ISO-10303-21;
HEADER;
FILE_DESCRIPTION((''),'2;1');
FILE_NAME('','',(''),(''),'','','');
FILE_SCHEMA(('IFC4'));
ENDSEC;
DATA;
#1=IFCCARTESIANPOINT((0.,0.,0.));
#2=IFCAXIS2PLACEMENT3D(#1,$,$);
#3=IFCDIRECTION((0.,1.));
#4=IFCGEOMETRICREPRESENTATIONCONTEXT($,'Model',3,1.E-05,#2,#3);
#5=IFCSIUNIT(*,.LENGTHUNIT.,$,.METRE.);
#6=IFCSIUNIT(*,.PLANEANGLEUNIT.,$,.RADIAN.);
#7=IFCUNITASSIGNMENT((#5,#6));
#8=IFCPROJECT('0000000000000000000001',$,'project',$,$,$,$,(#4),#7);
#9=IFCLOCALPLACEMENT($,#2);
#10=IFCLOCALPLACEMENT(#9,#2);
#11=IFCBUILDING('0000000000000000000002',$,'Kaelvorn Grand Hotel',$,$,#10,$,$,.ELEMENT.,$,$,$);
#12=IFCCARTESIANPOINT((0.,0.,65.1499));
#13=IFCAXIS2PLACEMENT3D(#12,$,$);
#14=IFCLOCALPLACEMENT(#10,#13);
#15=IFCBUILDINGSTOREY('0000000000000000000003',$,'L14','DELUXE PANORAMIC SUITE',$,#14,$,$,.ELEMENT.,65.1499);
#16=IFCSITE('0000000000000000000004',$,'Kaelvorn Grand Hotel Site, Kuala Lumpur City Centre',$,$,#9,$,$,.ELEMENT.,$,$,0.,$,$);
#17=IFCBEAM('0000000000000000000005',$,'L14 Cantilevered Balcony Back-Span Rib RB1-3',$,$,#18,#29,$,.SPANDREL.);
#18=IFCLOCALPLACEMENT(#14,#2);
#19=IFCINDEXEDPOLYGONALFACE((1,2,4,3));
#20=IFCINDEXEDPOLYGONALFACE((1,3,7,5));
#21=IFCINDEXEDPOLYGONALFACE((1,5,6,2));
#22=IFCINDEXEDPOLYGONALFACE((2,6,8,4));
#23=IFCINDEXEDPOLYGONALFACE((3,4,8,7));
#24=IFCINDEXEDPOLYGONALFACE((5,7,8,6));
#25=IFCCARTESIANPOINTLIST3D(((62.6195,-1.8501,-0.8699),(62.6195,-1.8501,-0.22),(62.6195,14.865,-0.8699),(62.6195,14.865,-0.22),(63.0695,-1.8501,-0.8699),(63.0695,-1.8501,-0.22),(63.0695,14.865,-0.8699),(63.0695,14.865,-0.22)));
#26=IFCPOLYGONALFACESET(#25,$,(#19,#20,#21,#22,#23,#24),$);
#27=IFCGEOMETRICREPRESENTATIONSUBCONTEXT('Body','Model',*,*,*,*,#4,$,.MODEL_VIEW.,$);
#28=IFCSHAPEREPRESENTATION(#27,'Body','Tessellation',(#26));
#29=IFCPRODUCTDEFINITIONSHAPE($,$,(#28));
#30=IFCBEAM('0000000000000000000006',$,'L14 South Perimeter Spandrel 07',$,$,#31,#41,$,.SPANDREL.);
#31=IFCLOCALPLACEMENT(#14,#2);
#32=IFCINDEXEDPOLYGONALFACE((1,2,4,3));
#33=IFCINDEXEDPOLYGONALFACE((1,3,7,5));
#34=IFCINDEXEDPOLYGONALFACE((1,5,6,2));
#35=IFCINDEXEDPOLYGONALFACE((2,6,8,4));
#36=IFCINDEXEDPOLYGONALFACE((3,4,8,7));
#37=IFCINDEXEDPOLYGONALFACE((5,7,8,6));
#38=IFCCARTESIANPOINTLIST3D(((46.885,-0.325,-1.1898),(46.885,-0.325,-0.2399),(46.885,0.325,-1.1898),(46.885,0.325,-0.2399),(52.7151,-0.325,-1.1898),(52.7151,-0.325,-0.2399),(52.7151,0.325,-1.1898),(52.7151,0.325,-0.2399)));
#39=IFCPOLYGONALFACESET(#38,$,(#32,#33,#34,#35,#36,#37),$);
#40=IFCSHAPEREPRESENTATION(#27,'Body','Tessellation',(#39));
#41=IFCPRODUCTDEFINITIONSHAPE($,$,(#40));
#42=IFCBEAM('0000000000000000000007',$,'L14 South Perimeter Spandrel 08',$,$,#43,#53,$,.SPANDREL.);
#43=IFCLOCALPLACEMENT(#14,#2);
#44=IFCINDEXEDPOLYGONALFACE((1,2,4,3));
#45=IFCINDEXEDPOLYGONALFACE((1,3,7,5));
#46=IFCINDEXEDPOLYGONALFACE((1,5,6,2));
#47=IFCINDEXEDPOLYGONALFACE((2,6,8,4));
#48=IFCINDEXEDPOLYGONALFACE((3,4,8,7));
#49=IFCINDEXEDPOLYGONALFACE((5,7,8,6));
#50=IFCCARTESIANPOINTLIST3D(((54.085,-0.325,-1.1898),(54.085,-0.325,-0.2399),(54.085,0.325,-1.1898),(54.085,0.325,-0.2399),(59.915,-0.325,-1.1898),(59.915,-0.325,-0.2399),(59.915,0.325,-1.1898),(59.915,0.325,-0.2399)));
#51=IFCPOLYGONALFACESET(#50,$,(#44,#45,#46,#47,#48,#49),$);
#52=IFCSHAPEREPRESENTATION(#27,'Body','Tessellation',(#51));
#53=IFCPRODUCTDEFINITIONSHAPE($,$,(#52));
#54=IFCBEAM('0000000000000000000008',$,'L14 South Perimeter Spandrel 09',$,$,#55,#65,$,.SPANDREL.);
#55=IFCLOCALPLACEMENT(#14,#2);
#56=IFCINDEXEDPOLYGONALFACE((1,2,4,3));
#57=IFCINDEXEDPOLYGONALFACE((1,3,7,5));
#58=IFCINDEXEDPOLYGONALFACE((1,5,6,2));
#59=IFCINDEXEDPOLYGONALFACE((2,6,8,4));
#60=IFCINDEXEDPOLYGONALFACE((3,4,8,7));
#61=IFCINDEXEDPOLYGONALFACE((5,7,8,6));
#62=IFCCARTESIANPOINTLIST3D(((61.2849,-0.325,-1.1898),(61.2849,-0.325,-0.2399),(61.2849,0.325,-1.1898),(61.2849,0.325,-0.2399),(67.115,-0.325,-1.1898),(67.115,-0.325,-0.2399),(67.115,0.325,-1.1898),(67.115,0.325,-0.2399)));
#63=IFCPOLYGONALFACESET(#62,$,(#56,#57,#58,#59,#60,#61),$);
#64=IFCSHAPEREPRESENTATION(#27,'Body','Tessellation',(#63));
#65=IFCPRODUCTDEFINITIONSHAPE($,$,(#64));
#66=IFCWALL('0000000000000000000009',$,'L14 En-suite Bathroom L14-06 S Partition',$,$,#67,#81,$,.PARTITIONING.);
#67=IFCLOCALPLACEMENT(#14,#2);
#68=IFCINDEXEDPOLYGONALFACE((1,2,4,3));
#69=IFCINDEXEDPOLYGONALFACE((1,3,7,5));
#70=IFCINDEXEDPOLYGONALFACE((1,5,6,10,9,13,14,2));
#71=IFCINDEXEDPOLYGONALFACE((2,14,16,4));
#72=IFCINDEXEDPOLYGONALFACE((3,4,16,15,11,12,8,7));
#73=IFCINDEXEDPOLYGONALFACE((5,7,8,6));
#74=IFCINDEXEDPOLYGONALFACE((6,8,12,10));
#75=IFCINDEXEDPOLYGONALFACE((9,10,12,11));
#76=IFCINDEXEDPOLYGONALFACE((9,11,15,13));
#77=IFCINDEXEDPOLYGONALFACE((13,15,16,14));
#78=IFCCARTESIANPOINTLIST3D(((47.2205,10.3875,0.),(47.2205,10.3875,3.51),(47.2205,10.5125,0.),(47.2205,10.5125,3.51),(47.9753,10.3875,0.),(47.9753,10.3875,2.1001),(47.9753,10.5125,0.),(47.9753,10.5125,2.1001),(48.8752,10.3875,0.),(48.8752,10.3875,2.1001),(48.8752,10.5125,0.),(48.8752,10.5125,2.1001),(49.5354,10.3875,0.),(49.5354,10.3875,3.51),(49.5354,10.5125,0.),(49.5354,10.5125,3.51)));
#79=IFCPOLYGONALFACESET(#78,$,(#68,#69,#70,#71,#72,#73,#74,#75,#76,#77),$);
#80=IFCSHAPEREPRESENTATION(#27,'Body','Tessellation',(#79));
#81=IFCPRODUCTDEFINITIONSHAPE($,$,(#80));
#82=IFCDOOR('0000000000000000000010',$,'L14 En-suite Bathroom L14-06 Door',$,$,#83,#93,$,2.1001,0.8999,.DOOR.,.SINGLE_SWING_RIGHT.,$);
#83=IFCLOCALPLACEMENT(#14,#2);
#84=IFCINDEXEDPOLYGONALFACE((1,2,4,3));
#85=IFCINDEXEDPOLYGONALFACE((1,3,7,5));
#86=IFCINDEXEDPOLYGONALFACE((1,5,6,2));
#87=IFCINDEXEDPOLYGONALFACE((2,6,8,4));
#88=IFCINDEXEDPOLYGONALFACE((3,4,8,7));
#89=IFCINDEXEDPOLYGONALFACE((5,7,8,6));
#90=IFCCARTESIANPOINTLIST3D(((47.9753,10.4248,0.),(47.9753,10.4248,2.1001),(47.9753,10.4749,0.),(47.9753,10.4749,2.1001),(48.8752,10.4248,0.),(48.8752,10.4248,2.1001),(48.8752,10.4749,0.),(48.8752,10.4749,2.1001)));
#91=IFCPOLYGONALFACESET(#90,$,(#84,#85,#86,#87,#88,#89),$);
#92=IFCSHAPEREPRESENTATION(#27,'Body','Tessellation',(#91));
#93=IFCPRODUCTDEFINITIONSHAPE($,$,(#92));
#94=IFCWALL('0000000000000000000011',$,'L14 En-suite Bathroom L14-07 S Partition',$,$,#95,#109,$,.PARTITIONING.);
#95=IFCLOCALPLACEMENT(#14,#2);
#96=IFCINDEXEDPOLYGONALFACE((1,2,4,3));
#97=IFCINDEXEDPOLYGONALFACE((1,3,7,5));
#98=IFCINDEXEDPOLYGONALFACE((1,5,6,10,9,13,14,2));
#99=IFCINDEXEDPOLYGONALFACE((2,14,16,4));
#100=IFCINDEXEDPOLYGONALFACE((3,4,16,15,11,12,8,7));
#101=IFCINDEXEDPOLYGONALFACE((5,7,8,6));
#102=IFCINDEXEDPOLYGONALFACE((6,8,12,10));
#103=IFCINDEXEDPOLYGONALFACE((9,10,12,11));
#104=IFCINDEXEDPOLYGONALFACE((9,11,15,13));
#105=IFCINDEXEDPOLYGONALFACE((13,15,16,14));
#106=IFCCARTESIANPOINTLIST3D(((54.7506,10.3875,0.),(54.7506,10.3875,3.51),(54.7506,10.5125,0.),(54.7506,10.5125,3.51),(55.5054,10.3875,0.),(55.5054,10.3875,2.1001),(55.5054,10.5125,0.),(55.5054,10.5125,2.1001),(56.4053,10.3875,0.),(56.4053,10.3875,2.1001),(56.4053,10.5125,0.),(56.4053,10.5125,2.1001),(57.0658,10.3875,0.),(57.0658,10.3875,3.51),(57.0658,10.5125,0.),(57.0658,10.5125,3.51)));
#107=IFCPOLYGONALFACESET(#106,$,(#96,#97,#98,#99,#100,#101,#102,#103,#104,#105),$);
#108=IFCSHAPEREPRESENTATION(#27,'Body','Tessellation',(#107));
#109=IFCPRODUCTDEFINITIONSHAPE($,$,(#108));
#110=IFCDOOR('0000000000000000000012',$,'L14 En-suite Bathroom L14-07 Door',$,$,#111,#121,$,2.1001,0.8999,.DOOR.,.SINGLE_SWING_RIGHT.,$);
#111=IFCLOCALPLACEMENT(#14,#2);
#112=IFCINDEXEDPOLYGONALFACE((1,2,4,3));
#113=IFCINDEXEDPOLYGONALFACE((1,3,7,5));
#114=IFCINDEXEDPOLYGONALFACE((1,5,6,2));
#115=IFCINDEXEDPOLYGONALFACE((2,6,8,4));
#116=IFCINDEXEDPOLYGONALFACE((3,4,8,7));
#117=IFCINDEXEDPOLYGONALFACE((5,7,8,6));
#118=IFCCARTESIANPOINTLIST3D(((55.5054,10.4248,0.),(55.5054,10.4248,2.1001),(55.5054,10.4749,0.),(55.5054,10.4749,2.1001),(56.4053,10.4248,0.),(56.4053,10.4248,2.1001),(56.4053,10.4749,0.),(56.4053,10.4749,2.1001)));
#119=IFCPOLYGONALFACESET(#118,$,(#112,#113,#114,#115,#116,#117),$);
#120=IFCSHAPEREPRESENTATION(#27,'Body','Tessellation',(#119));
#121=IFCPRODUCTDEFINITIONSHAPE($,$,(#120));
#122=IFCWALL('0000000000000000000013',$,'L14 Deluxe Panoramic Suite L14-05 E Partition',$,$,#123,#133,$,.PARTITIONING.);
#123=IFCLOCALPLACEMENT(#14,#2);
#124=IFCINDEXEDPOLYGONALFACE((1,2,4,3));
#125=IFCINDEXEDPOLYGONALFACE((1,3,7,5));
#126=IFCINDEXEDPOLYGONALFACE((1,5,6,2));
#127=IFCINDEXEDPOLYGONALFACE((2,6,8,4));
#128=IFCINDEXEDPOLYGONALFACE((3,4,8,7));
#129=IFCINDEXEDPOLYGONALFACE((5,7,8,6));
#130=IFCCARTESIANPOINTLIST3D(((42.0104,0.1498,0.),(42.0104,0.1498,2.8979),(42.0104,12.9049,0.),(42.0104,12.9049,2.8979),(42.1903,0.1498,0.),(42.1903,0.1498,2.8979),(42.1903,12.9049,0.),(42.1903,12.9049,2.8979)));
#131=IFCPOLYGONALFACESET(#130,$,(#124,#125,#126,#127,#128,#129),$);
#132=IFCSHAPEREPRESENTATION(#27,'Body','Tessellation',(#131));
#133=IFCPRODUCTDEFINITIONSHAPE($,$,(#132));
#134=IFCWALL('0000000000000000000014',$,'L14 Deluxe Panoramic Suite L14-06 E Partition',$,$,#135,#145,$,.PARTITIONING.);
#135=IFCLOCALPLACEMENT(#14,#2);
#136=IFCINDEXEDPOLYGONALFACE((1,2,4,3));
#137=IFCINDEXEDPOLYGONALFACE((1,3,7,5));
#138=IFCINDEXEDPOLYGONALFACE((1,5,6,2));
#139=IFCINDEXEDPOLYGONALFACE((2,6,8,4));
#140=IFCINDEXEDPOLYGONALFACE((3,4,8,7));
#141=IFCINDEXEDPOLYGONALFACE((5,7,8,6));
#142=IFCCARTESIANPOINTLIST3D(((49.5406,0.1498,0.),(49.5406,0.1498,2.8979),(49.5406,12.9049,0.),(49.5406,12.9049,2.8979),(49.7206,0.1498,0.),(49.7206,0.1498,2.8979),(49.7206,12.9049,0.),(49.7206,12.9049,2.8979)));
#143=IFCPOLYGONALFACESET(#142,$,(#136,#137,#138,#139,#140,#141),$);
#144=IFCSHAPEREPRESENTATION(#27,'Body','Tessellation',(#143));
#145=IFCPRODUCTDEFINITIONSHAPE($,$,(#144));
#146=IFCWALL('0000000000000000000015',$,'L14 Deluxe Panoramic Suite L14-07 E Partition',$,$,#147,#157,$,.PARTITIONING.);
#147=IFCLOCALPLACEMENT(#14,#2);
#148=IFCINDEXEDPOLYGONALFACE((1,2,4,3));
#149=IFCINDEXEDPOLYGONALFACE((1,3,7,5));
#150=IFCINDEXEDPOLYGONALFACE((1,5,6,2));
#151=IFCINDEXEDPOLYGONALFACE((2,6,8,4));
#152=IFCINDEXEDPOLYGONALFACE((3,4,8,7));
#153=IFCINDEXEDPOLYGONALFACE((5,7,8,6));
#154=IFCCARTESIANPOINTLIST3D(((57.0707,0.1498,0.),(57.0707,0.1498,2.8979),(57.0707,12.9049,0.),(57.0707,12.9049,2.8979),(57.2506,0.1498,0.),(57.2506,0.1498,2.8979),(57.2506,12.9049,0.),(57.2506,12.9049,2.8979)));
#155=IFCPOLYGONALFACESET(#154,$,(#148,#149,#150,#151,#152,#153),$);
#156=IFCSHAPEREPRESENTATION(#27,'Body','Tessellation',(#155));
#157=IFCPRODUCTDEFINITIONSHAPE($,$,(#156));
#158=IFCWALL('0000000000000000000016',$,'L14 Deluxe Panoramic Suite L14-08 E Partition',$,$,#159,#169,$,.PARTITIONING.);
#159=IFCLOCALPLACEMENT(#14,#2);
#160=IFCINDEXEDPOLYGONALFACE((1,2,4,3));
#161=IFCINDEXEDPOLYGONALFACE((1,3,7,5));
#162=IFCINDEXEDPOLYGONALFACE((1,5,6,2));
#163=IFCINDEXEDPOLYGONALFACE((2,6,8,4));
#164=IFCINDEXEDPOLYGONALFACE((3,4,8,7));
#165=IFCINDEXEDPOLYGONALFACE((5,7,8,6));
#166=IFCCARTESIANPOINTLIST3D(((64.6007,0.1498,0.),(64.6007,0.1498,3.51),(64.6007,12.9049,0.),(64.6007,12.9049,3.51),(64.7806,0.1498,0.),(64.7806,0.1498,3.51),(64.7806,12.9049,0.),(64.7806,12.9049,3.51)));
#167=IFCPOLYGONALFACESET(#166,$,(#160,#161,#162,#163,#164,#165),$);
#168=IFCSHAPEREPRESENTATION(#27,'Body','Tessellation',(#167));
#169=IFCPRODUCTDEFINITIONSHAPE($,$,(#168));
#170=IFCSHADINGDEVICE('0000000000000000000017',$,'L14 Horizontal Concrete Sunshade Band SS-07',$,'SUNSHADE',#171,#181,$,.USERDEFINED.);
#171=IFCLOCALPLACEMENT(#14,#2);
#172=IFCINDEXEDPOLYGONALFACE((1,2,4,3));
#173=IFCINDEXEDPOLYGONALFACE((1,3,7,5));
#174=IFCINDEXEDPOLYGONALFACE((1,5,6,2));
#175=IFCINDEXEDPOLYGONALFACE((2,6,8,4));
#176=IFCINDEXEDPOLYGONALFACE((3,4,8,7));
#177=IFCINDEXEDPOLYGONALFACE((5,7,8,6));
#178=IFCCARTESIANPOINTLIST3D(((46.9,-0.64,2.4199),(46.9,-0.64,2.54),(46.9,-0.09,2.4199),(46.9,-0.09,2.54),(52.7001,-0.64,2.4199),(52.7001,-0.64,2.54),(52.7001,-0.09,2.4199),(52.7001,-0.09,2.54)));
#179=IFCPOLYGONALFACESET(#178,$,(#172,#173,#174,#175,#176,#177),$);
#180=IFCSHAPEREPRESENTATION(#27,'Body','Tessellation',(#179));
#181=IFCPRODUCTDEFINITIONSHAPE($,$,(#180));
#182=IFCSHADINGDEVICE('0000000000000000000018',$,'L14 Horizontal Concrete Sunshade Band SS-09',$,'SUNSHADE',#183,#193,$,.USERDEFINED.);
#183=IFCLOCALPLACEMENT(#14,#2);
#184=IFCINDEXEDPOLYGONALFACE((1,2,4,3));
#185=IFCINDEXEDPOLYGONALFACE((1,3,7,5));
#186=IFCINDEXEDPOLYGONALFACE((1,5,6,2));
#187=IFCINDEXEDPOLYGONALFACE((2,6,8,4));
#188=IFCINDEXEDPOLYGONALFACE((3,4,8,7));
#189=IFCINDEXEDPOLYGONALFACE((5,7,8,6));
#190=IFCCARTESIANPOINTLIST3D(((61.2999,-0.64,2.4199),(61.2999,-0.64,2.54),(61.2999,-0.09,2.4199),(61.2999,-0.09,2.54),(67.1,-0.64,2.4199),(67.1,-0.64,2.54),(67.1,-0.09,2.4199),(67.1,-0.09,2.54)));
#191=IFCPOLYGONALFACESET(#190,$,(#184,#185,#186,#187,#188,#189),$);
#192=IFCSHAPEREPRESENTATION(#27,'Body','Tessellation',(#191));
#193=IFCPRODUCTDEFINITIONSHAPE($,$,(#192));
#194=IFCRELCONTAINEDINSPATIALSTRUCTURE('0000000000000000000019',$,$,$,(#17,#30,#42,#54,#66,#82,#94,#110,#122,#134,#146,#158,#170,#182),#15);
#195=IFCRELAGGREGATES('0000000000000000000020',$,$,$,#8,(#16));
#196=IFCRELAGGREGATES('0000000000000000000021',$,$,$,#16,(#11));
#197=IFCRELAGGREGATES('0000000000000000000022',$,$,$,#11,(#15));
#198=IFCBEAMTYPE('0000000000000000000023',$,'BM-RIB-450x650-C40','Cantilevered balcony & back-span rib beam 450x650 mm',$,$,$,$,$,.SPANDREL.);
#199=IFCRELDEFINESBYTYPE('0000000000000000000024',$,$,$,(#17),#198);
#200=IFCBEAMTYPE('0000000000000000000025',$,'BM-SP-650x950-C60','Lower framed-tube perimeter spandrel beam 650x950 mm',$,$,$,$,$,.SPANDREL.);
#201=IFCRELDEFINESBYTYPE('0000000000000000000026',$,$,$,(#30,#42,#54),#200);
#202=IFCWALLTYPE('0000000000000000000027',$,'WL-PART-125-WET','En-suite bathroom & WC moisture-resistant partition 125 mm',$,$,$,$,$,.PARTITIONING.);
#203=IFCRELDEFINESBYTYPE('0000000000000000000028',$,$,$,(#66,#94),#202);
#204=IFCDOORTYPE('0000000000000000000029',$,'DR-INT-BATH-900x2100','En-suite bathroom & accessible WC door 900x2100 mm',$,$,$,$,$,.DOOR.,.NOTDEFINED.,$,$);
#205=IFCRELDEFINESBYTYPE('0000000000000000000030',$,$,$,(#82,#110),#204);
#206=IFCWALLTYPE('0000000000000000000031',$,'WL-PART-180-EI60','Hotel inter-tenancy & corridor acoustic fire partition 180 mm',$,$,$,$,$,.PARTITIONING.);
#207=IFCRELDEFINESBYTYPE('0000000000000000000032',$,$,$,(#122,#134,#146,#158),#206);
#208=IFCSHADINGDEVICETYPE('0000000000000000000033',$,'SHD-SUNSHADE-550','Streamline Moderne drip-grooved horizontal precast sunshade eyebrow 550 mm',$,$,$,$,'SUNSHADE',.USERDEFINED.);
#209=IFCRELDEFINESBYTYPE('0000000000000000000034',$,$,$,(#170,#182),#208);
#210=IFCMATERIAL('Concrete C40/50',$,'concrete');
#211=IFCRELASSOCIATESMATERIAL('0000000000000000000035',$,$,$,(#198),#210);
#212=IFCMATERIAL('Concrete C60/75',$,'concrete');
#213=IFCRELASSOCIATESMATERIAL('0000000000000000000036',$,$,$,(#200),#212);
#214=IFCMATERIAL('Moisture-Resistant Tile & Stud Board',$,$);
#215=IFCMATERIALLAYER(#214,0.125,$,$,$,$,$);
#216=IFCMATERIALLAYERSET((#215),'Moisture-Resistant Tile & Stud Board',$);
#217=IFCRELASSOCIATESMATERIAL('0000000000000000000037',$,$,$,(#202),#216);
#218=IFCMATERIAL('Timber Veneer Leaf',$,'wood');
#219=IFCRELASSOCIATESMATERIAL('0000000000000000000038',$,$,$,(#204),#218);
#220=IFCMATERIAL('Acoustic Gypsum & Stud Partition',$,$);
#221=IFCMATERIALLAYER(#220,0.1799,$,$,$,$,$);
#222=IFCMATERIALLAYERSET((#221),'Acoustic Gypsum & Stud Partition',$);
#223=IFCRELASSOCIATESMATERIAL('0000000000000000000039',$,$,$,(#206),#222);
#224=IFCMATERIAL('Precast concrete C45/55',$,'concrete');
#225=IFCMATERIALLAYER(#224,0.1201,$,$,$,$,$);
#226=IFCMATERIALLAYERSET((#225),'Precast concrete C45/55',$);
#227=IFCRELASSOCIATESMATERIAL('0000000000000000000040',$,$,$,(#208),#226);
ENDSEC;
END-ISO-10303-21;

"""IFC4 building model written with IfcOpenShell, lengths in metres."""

from ifc_helpers import new_model, si_unit, direction, frame, frame_2d, origin, origin_2d, place, context, subcontext, project, spatial, rectangle, extrude, material, layer, layer_set, material_profile, profile_set, type_object, element, fill, save


model = new_model("IFC4")

# Units and contexts
model_context = context("Model", 3, precision=1e-05, world=origin(), true_north=direction((0.0, 1.0)))
body_context = subcontext(model_context, "Body", "Model", "MODEL_VIEW")
ifc_project = project(units=[si_unit("LENGTHUNIT", "METRE"), si_unit("PLANEANGLEUNIT", "RADIAN")], contexts=[model_context])

# Site, building, storey
site_placement = place(None, origin())
site = spatial("IfcSite", under=ifc_project, at=site_placement, Name="Kaelvorn Grand Hotel Site, Kuala Lumpur City Centre", CompositionType="ELEMENT", RefElevation=0.0)
building_placement = place(site_placement, origin())
building = spatial("IfcBuilding", under=site, at=building_placement, Name="Kaelvorn Grand Hotel", CompositionType="ELEMENT")
storey_placement = place(building_placement, frame((0.0, 0.0, 65.1499)))
storey = spatial("IfcBuildingStorey", under=building, at=storey_placement, Name="L14", Description="DELUXE PANORAMIC SUITE", CompositionType="ELEMENT", Elevation=65.1499)

# Beams
ifc_material_1 = material(Name="Concrete C40/50", Category="concrete")
ifc_material_profile_1 = material_profile(ifc_material_1, rectangle(XDim=0.45, YDim=0.6499, at=origin_2d()), Name="RC RIB 450x650")
ifc_profile_set_1 = profile_set([ifc_material_profile_1], Name="Concrete C40/50")
beam_type_1 = type_object("IfcBeamType", Name="BM-RIB-450x650-C40", Description="Cantilevered balcony & back-span rib beam 450x650 mm", PredefinedType="SPANDREL", material=ifc_profile_set_1)
beam_1_placement = place(storey_placement, frame((62.8445, -1.8501, -0.5449), z_axis=(0.0, 1.0, 0.0), x_axis=(-1.0, 0.0, 0.0)))
element("IfcBeam", 1, at=beam_1_placement, inside=storey, type_object=beam_type_1, Name="L14 Cantilevered Balcony Back-Span Rib RB1-3", PredefinedType="SPANDREL", context=body_context, shape_type="SweptSolid", body=[
    extrude(rectangle(XDim=0.45, YDim=0.6499, at=origin_2d()), origin(), (0.0, 0.0, 1.0), 16.7151),
])
ifc_material_2 = material(Name="Concrete C60/75", Category="concrete")
ifc_material_profile_2 = material_profile(ifc_material_2, rectangle(XDim=0.6499, YDim=0.95, at=origin_2d()), Name="RC SPANDREL 650x950")
ifc_profile_set_2 = profile_set([ifc_material_profile_2], Name="Concrete C60/75")
beam_type_2 = type_object("IfcBeamType", Name="BM-SP-650x950-C60", Description="Lower framed-tube perimeter spandrel beam 650x950 mm", PredefinedType="SPANDREL", material=ifc_profile_set_2)
for number, where, z_axis, x_axis, name in (
    (2, (46.885, 0.0, -0.7148), (1.0, 0.0, 0.0), (0.0, 1.0, 0.0), "L14 South Perimeter Spandrel 07"),
    (3, (54.085, 0.0, -0.7148), (1.0, 0.0, 0.0), (0.0, 1.0, 0.0), "L14 South Perimeter Spandrel 08"),
    (4, (61.2849, 0.0, -0.7148), (1.0, 0.0, 0.0), (0.0, 1.0, 0.0), "L14 South Perimeter Spandrel 09"),
):
    element("IfcBeam", number, at=place(storey_placement, frame(where, z_axis=z_axis, x_axis=x_axis)), inside=storey, type_object=beam_type_2, Name=name, PredefinedType="SPANDREL", context=body_context, shape_type="SweptSolid", body=[
        extrude(rectangle(XDim=0.6499, YDim=0.95, at=origin_2d()), origin(), (0.0, 0.0, 1.0), 5.8301),
    ])

# Walls, openings, doors
ifc_material_3 = material(Name="Moisture-Resistant Tile & Stud Board")
ifc_layer_1 = layer(ifc_material_3, 0.125)
ifc_layer_set_1 = layer_set([ifc_layer_1], Name="Moisture-Resistant Tile & Stud Board")
wall_type_1 = type_object("IfcWallType", Name="WL-PART-125-WET", Description="En-suite bathroom & WC moisture-resistant partition 125 mm", PredefinedType="PARTITIONING", material=ifc_layer_set_1)
wall_1_placement = place(storey_placement, frame((47.2205, 10.45, 0.0), z_axis=(0.0, 0.0, 1.0), x_axis=(1.0, 0.0, 0.0)))
wall_1 = element("IfcWall", 5, at=wall_1_placement, inside=storey, type_object=wall_type_1, Name="L14 En-suite Bathroom L14-06 S Partition", PredefinedType="PARTITIONING", context=body_context, shape_type="SweptSolid", body=[
    extrude(rectangle(XDim=2.3149, YDim=0.125, at=frame_2d((1.1575, 0.0))), origin(), (0.0, 0.0, 1.0), 3.51),
])
opening_1_placement = place(wall_1_placement, frame((0.7549, 0.0, 0.0)))
opening_1 = element("IfcOpeningElement", 6, at=opening_1_placement, cuts=wall_1, PredefinedType="OPENING", context=body_context, shape_type="SweptSolid", body=[
    extrude(rectangle(XDim=0.8999, YDim=2.1001, at=frame_2d((0.45, 1.05))), frame((0.0, 0.0725, 0.0), z_axis=(0.0, -1.0, 0.0), x_axis=(1.0, 0.0, 0.0)), (0.0, 0.0, 1.0), 0.145),
])
ifc_material_4 = material(Name="Timber Veneer Leaf", Category="wood")
door_type = type_object("IfcDoorType", Name="DR-INT-BATH-900x2100", Description="En-suite bathroom & accessible WC door 900x2100 mm", OperationType="NOTDEFINED", PredefinedType="DOOR", material=ifc_material_4)
door_1_placement = place(opening_1_placement, origin())
door_1 = element("IfcDoor", 7, at=door_1_placement, inside=storey, type_object=door_type, Name="L14 En-suite Bathroom L14-06 Door", OperationType="SINGLE_SWING_RIGHT", OverallHeight=2.1001, OverallWidth=0.8999, PredefinedType="DOOR", context=body_context, shape_type="SweptSolid", body=[
    extrude(rectangle(XDim=0.8999, YDim=2.1001, at=frame_2d((0.45, 1.05))), frame((0.0, 0.0249, 0.0), z_axis=(0.0, -1.0, 0.0), x_axis=(1.0, 0.0, 0.0)), (0.0, 0.0, 1.0), 0.05),
])
fill(opening_1, door_1)
wall_2_placement = place(storey_placement, frame((54.7505, 10.45, 0.0), z_axis=(0.0, 0.0, 1.0), x_axis=(1.0, 0.0, 0.0)))
wall_2 = element("IfcWall", 8, at=wall_2_placement, inside=storey, type_object=wall_type_1, Name="L14 En-suite Bathroom L14-07 S Partition", PredefinedType="PARTITIONING", context=body_context, shape_type="SweptSolid", body=[
    extrude(rectangle(XDim=2.3152, YDim=0.125, at=frame_2d((1.1577, 0.0))), origin(), (0.0, 0.0, 1.0), 3.51),
])
opening_2_placement = place(wall_2_placement, frame((0.7549, 0.0, 0.0)))
opening_2 = element("IfcOpeningElement", 9, at=opening_2_placement, cuts=wall_2, PredefinedType="OPENING", context=body_context, shape_type="SweptSolid", body=[
    extrude(rectangle(XDim=0.8999, YDim=2.1001, at=frame_2d((0.45, 1.05))), frame((0.0, 0.0725, 0.0), z_axis=(0.0, -1.0, 0.0), x_axis=(1.0, 0.0, 0.0)), (0.0, 0.0, 1.0), 0.145),
])
door_2_placement = place(opening_2_placement, origin())
door_2 = element("IfcDoor", 10, at=door_2_placement, inside=storey, type_object=door_type, Name="L14 En-suite Bathroom L14-07 Door", OperationType="SINGLE_SWING_RIGHT", OverallHeight=2.1001, OverallWidth=0.8999, PredefinedType="DOOR", context=body_context, shape_type="SweptSolid", body=[
    extrude(rectangle(XDim=0.8999, YDim=2.1001, at=frame_2d((0.45, 1.05))), frame((0.0, 0.0249, 0.0), z_axis=(0.0, -1.0, 0.0), x_axis=(1.0, 0.0, 0.0)), (0.0, 0.0, 1.0), 0.05),
])
fill(opening_2, door_2)

# Walls
ifc_material_5 = material(Name="Acoustic Gypsum & Stud Partition")
ifc_layer_2 = layer(ifc_material_5, 0.1799)
ifc_layer_set_2 = layer_set([ifc_layer_2], Name="Acoustic Gypsum & Stud Partition")
wall_type_2 = type_object("IfcWallType", Name="WL-PART-180-EI60", Description="Hotel inter-tenancy & corridor acoustic fire partition 180 mm", PredefinedType="PARTITIONING", material=ifc_layer_set_2)
for number, where, z_axis, x_axis, name in (
    (11, (42.1003, 0.1499, 0.0), (0.0, 0.0, 1.0), (0.0, 1.0, 0.0), "L14 Deluxe Panoramic Suite L14-05 E Partition"),
    (12, (49.6306, 0.1499, 0.0), (0.0, 0.0, 1.0), (0.0, 1.0, 0.0), "L14 Deluxe Panoramic Suite L14-06 E Partition"),
    (13, (57.1606, 0.1499, 0.0), (0.0, 0.0, 1.0), (0.0, 1.0, 0.0), "L14 Deluxe Panoramic Suite L14-07 E Partition"),
):
    element("IfcWall", number, at=place(storey_placement, frame(where, z_axis=z_axis, x_axis=x_axis)), inside=storey, type_object=wall_type_2, Name=name, PredefinedType="PARTITIONING", context=body_context, shape_type="SweptSolid", body=[
        extrude(rectangle(XDim=12.7551, YDim=0.1799, at=frame_2d((6.3774, 0.0))), origin(), (0.0, 0.0, 1.0), 2.8979),
    ])
wall_3_placement = place(storey_placement, frame((64.6907, 0.1499, 0.0), z_axis=(0.0, 0.0, 1.0), x_axis=(0.0, 1.0, 0.0)))
element("IfcWall", 14, at=wall_3_placement, inside=storey, type_object=wall_type_2, Name="L14 Deluxe Panoramic Suite L14-08 E Partition", PredefinedType="PARTITIONING", context=body_context, shape_type="SweptSolid", body=[
    extrude(rectangle(XDim=12.7551, YDim=0.1799, at=frame_2d((6.3774, 0.0))), origin(), (0.0, 0.0, 1.0), 3.51),
])

# Shading devices
ifc_material_6 = material(Name="Precast concrete C45/55", Category="concrete")
ifc_layer_3 = layer(ifc_material_6, 0.1201)
ifc_layer_set_3 = layer_set([ifc_layer_3], Name="Precast concrete C45/55")
shading_device_type_1 = type_object("IfcShadingDeviceType", Name="SHD-SUNSHADE-550", Description="Streamline Moderne drip-grooved horizontal precast sunshade eyebrow 550 mm", ElementType="SUNSHADE", PredefinedType="USERDEFINED", material=ifc_layer_set_3)
for number, where, z_axis, x_axis, name in (
    (15, (49.8, -0.365, 2.4199), (0.0, 0.0, 1.0), (1.0, 0.0, 0.0), "L14 Horizontal Concrete Sunshade Band SS-07"),
    (16, (64.2, -0.365, 2.4199), (0.0, 0.0, 1.0), (1.0, 0.0, 0.0), "L14 Horizontal Concrete Sunshade Band SS-09"),
):
    element("IfcShadingDevice", number, at=place(storey_placement, frame(where, z_axis=z_axis, x_axis=x_axis)), inside=storey, type_object=shading_device_type_1, Name=name, ObjectType="SUNSHADE", PredefinedType="USERDEFINED", context=body_context, shape_type="SweptSolid", body=[
        extrude(rectangle(XDim=5.8, YDim=0.55, at=origin_2d()), origin(), (0.0, 0.0, 1.0), 0.1201),
    ])

save(model, "model.ifc")
